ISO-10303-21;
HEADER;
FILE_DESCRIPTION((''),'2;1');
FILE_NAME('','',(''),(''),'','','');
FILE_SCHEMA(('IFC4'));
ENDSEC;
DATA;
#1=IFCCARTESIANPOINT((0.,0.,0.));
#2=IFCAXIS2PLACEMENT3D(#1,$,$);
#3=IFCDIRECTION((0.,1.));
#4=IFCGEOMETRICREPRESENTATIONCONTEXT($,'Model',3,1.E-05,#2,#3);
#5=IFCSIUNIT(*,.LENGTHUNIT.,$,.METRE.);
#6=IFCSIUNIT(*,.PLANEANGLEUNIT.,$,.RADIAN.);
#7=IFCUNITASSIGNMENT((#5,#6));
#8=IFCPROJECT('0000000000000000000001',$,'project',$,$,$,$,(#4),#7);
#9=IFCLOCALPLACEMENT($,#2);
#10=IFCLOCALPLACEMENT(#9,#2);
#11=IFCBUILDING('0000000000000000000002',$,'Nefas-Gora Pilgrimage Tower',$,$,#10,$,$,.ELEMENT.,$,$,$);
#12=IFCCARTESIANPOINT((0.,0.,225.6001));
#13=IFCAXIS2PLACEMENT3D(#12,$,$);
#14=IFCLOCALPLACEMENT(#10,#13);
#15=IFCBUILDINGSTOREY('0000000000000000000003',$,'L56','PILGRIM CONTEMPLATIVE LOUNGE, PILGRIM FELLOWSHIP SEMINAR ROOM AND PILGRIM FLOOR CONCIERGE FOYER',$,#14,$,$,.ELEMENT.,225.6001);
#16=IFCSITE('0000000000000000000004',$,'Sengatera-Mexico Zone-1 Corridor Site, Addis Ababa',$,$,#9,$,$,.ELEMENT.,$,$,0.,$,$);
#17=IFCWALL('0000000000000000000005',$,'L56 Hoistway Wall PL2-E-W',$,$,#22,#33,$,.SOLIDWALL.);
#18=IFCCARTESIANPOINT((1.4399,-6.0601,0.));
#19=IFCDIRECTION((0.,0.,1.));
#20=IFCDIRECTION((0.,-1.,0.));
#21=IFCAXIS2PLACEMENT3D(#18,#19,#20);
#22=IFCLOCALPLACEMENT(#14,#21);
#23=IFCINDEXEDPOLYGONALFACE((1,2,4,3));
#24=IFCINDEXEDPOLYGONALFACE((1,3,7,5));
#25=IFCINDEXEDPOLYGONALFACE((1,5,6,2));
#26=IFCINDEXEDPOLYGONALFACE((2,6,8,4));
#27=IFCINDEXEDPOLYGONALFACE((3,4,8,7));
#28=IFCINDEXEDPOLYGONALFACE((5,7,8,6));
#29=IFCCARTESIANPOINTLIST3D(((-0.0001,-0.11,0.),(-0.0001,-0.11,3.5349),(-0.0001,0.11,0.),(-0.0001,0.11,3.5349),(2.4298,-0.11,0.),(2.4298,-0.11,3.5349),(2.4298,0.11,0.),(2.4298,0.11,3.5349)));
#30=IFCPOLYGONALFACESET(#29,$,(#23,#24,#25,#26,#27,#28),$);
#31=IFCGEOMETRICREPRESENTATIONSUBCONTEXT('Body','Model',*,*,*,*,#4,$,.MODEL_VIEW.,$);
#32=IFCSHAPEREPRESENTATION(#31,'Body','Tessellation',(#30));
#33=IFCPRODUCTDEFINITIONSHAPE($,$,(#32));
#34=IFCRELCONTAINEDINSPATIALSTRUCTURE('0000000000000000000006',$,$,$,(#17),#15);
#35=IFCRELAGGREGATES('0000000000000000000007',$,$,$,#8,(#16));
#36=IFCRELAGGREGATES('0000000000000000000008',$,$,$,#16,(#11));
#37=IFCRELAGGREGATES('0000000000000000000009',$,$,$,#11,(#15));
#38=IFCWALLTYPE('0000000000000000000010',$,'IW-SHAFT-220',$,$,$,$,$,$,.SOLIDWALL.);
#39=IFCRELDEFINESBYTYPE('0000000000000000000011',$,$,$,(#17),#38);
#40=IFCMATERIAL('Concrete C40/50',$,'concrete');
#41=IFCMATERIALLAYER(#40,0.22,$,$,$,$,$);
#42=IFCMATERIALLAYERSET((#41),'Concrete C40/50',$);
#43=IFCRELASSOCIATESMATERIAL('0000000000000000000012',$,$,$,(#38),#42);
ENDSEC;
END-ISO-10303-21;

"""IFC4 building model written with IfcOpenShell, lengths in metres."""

from ifc_helpers import new_model, si_unit, direction, frame, frame_2d, origin, place, context, subcontext, project, spatial, rectangle, extrude, source, transform, mapped, material, layer, layer_set, type_object, element, save


model = new_model("IFC4")

# Units and contexts
model_context = context("Model", 3, precision=1e-05, world=origin(), true_north=direction((0.0, 1.0)))
body_context = subcontext(model_context, "Body", "Model", "MODEL_VIEW")
ifc_project = project(units=[si_unit("LENGTHUNIT", "METRE"), si_unit("PLANEANGLEUNIT", "RADIAN")], contexts=[model_context])

# Site, building, storey
site_placement = place(None, origin())
site = spatial("IfcSite", under=ifc_project, at=site_placement, Name="Sengatera-Mexico Zone-1 Corridor Site, Addis Ababa", CompositionType="ELEMENT", RefElevation=0.0)
building_placement = place(site_placement, origin())
building = spatial("IfcBuilding", under=site, at=building_placement, Name="Nefas-Gora Pilgrimage Tower", CompositionType="ELEMENT")
storey_placement = place(building_placement, frame((0.0, 0.0, 225.6001)))
storey = spatial("IfcBuildingStorey", under=building, at=storey_placement, Name="L56", Description="PILGRIM CONTEMPLATIVE LOUNGE, PILGRIM FELLOWSHIP SEMINAR ROOM AND PILGRIM FLOOR CONCIERGE FOYER", CompositionType="ELEMENT", Elevation=225.6001)

# Shared definitions
ifc_material_1 = material(Name="Concrete C40/50", Category="concrete")
ifc_layer_1 = layer(ifc_material_1, 0.22)
ifc_layer_set_1 = layer_set([ifc_layer_1], Name="Concrete C40/50")
wall_type_1 = type_object("IfcWallType", Name="IW-SHAFT-220", PredefinedType="SOLIDWALL", material=ifc_layer_set_1)

# Wall
shared_shape_1 = source(origin(), body_context, "Body", "SweptSolid", [
    extrude(rectangle(XDim=2.4299, YDim=0.22, at=frame_2d((1.2148, 0.0))), origin(), (0.0, 0.0, 1.0), 3.5349),
])
for number, where, z_axis, x_axis, name in (
    (1, (1.4399, -6.0601, 0.0), (0.0, 0.0, 1.0), (0.0, -1.0, 0.0), "L56 Hoistway Wall PL2-E-W"),
):
    element("IfcWall", number, at=place(storey_placement, frame(where, z_axis=z_axis, x_axis=x_axis)), inside=storey, type_object=wall_type_1, Name=name, PredefinedType="SOLIDWALL", context=body_context, shape_type="MappedRepresentation", body=[
        mapped(shared_shape_1, transform((0.0, 0.0, 0.0), x_axis=(1.0, 0.0, 0.0), y_axis=(0.0, 1.0, 0.0), z_axis=(0.0, 0.0, 1.0), scale=1.0)),
    ])

save(model, "model.ifc")
